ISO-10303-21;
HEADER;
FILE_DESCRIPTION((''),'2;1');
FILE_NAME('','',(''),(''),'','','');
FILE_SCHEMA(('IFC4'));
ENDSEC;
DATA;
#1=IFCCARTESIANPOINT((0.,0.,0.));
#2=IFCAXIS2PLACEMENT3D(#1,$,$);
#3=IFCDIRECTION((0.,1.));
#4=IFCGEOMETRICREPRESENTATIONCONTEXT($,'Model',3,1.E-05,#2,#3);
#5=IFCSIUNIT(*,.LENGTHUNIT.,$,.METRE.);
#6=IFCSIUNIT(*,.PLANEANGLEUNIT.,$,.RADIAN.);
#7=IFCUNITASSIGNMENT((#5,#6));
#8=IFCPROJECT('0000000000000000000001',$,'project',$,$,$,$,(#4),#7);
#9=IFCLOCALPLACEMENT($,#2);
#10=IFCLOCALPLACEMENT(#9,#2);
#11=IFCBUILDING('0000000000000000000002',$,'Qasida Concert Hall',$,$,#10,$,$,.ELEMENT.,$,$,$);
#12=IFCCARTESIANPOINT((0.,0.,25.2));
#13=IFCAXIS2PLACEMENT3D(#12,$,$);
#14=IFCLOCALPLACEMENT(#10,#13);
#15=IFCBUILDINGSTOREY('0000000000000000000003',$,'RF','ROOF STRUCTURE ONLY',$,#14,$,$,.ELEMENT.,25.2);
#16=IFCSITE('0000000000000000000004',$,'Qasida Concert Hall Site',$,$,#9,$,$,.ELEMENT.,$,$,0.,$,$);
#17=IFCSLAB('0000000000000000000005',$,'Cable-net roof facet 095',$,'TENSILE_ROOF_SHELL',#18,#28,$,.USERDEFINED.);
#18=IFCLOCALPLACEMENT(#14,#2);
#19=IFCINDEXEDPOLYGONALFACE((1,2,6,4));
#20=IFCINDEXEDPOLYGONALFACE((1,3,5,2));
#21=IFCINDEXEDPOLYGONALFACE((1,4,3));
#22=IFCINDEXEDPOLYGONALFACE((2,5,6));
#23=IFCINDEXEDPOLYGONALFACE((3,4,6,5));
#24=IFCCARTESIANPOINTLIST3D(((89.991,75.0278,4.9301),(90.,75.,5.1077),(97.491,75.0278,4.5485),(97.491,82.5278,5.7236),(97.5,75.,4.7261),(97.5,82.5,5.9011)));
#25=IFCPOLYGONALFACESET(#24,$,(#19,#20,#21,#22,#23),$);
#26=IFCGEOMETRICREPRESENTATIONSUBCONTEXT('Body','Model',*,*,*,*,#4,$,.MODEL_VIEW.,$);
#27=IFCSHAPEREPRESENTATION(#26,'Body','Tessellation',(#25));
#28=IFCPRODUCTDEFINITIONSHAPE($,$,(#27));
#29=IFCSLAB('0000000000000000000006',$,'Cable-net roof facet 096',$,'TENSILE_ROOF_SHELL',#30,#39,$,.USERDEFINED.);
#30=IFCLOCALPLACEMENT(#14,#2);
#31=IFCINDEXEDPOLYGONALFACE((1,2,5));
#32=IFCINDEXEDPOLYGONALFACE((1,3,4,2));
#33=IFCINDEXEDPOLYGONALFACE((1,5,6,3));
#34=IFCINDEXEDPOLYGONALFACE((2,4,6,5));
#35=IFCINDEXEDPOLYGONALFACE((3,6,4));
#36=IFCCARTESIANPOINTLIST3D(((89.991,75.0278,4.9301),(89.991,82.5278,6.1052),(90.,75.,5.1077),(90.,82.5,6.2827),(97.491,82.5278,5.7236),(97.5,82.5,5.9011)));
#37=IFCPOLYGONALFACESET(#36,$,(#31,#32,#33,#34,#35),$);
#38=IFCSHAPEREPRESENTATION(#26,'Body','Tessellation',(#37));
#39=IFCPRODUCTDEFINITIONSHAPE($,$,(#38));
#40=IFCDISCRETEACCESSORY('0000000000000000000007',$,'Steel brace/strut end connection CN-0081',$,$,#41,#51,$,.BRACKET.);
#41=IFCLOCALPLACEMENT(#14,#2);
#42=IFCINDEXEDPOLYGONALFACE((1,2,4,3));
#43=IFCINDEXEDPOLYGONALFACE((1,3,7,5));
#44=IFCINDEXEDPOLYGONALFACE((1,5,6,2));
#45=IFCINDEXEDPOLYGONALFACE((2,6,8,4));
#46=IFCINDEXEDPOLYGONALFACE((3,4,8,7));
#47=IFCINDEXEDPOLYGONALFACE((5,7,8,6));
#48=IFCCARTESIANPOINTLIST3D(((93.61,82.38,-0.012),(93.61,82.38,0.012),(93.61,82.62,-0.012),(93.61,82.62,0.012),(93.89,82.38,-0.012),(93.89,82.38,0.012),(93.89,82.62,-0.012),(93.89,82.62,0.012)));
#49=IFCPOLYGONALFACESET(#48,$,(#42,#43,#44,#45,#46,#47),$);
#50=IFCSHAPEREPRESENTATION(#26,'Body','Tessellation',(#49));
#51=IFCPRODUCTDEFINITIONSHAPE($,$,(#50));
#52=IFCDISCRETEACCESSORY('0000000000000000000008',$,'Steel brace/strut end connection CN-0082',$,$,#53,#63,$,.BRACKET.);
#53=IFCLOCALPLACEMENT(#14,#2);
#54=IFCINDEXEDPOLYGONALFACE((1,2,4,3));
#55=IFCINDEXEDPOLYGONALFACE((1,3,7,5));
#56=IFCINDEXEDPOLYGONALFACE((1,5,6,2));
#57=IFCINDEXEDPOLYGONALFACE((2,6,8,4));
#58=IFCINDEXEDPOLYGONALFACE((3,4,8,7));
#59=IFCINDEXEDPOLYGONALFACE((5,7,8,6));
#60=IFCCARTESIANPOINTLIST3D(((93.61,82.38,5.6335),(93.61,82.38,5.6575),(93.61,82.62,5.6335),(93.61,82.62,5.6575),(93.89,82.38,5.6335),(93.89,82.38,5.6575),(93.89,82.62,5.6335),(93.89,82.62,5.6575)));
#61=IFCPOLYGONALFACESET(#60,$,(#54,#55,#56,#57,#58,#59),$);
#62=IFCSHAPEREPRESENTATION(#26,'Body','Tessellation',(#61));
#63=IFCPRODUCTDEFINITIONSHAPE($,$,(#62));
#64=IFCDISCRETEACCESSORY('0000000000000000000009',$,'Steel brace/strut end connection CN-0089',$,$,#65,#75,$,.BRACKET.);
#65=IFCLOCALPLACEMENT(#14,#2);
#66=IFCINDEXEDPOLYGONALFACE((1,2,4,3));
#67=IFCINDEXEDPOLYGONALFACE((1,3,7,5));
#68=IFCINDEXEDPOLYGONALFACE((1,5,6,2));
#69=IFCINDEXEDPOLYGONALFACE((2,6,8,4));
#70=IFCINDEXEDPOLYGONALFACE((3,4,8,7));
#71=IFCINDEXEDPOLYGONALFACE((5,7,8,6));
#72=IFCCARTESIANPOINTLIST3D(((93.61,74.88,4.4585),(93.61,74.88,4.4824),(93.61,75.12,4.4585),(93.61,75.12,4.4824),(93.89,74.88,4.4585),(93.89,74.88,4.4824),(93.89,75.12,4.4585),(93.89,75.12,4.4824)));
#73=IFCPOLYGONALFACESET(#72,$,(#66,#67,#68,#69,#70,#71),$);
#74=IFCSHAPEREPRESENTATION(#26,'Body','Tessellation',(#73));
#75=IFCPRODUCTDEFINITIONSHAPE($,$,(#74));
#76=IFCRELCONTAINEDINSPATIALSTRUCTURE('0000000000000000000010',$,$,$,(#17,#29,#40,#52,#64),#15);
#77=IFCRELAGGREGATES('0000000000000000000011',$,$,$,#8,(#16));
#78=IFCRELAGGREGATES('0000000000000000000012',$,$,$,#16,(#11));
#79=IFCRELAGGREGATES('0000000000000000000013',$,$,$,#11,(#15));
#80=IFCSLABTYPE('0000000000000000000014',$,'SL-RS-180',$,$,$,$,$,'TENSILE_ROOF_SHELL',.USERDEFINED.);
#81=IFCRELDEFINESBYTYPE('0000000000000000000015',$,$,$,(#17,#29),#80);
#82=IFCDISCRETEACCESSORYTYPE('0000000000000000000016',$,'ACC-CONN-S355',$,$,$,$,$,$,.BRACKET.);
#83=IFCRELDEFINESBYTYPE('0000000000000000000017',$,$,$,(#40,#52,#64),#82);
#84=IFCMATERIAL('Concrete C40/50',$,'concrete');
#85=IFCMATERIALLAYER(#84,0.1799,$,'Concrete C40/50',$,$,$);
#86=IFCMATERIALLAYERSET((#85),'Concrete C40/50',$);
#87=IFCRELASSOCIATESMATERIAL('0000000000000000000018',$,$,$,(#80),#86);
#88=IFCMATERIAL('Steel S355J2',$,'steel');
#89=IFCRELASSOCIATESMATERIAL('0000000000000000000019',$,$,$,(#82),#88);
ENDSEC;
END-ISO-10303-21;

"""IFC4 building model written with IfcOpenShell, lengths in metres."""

from ifc_helpers import new_model, si_unit, direction, frame, origin, origin_2d, place, context, subcontext, project, spatial, polyline, rectangle, outline, extrude, material, layer, layer_set, type_object, element, save


model = new_model("IFC4")

# Units and contexts
model_context = context("Model", 3, precision=1e-05, world=origin(), true_north=direction((0.0, 1.0)))
body_context = subcontext(model_context, "Body", "Model", "MODEL_VIEW")
ifc_project = project(units=[si_unit("LENGTHUNIT", "METRE"), si_unit("PLANEANGLEUNIT", "RADIAN")], contexts=[model_context])

# Site, building, storey
site_placement = place(None, origin())
site = spatial("IfcSite", under=ifc_project, at=site_placement, Name="Qasida Concert Hall Site", CompositionType="ELEMENT", RefElevation=0.0)
building_placement = place(site_placement, origin())
building = spatial("IfcBuilding", under=site, at=building_placement, Name="Qasida Concert Hall", CompositionType="ELEMENT")
storey_placement = place(building_placement, frame((0.0, 0.0, 25.2)))
storey = spatial("IfcBuildingStorey", under=building, at=storey_placement, Name="RF", Description="ROOF STRUCTURE ONLY", CompositionType="ELEMENT", Elevation=25.2)

# Shared definitions
ifc_material_1 = material(Name="Steel S355J2", Category="steel")

# Slabs
ifc_material_2 = material(Name="Concrete C40/50", Category="concrete")
ifc_layer_1 = layer(ifc_material_2, 0.1799, Name="Concrete C40/50")
ifc_layer_set_1 = layer_set([ifc_layer_1], Name="Concrete C40/50")
slab_type = type_object("IfcSlabType", Name="SL-RS-180", ElementType="TENSILE_ROOF_SHELL", PredefinedType="USERDEFINED", material=ifc_layer_set_1)
slab_1_placement = place(storey_placement, frame((90.0, 75.0, 5.1077), z_axis=(0.050202, -0.15459, 0.986702), x_axis=(0.998708, 0.0, -0.050813)))
element("IfcSlab", 1, at=slab_1_placement, inside=storey, type_object=slab_type, Name="Cable-net roof facet 095", ObjectType="TENSILE_ROOF_SHELL", PredefinedType="USERDEFINED", context=body_context, shape_type="SweptSolid", body=[
    extrude(outline(polyline([(0.0, 0.0), (7.5097, 0.0), (7.45, 7.5913), (0.0, 0.0)])), origin(), (0.0, 0.0, -1.0), 0.1799),
])
slab_2_placement = place(storey_placement, frame((90.0, 75.0, 5.1077), z_axis=(0.050202, -0.15459, 0.986702), x_axis=(0.705136, 0.705136, 0.074599)))
element("IfcSlab", 2, at=slab_2_placement, inside=storey, type_object=slab_type, Name="Cable-net roof facet 096", ObjectType="TENSILE_ROOF_SHELL", PredefinedType="USERDEFINED", context=body_context, shape_type="SweptSolid", body=[
    extrude(outline(polyline([(0.0, 0.0), (10.6362, 0.0), (5.3762, 5.3598), (0.0, 0.0)])), origin(), (0.0, 0.0, -1.0), 0.1799),
])

# Discrete accessories
discrete_accessory_type = type_object("IfcDiscreteAccessoryType", Name="ACC-CONN-S355", PredefinedType="BRACKET", material=ifc_material_1)
for number, where, z_axis, x_axis, name in (
    (3, (93.75, 82.5, -0.012), (0.0, 0.0, 1.0), (1.0, 0.0, 0.0), "Steel brace/strut end connection CN-0081"),
    (4, (93.75, 82.5, 5.6335), (0.0, 0.0, 1.0), (1.0, 0.0, 0.0), "Steel brace/strut end connection CN-0082"),
    (5, (93.75, 75.0, 4.4585), (0.0, 0.0, 1.0), (1.0, 0.0, 0.0), "Steel brace/strut end connection CN-0089"),
):
    element("IfcDiscreteAccessory", number, at=place(storey_placement, frame(where, z_axis=z_axis, x_axis=x_axis)), inside=storey, type_object=discrete_accessory_type, Name=name, PredefinedType="BRACKET", context=body_context, shape_type="SweptSolid", body=[
        extrude(rectangle(XDim=0.28, YDim=0.24, at=origin_2d()), origin(), (0.0, 0.0, 1.0), 0.0239),
    ])

save(model, "model.ifc")
